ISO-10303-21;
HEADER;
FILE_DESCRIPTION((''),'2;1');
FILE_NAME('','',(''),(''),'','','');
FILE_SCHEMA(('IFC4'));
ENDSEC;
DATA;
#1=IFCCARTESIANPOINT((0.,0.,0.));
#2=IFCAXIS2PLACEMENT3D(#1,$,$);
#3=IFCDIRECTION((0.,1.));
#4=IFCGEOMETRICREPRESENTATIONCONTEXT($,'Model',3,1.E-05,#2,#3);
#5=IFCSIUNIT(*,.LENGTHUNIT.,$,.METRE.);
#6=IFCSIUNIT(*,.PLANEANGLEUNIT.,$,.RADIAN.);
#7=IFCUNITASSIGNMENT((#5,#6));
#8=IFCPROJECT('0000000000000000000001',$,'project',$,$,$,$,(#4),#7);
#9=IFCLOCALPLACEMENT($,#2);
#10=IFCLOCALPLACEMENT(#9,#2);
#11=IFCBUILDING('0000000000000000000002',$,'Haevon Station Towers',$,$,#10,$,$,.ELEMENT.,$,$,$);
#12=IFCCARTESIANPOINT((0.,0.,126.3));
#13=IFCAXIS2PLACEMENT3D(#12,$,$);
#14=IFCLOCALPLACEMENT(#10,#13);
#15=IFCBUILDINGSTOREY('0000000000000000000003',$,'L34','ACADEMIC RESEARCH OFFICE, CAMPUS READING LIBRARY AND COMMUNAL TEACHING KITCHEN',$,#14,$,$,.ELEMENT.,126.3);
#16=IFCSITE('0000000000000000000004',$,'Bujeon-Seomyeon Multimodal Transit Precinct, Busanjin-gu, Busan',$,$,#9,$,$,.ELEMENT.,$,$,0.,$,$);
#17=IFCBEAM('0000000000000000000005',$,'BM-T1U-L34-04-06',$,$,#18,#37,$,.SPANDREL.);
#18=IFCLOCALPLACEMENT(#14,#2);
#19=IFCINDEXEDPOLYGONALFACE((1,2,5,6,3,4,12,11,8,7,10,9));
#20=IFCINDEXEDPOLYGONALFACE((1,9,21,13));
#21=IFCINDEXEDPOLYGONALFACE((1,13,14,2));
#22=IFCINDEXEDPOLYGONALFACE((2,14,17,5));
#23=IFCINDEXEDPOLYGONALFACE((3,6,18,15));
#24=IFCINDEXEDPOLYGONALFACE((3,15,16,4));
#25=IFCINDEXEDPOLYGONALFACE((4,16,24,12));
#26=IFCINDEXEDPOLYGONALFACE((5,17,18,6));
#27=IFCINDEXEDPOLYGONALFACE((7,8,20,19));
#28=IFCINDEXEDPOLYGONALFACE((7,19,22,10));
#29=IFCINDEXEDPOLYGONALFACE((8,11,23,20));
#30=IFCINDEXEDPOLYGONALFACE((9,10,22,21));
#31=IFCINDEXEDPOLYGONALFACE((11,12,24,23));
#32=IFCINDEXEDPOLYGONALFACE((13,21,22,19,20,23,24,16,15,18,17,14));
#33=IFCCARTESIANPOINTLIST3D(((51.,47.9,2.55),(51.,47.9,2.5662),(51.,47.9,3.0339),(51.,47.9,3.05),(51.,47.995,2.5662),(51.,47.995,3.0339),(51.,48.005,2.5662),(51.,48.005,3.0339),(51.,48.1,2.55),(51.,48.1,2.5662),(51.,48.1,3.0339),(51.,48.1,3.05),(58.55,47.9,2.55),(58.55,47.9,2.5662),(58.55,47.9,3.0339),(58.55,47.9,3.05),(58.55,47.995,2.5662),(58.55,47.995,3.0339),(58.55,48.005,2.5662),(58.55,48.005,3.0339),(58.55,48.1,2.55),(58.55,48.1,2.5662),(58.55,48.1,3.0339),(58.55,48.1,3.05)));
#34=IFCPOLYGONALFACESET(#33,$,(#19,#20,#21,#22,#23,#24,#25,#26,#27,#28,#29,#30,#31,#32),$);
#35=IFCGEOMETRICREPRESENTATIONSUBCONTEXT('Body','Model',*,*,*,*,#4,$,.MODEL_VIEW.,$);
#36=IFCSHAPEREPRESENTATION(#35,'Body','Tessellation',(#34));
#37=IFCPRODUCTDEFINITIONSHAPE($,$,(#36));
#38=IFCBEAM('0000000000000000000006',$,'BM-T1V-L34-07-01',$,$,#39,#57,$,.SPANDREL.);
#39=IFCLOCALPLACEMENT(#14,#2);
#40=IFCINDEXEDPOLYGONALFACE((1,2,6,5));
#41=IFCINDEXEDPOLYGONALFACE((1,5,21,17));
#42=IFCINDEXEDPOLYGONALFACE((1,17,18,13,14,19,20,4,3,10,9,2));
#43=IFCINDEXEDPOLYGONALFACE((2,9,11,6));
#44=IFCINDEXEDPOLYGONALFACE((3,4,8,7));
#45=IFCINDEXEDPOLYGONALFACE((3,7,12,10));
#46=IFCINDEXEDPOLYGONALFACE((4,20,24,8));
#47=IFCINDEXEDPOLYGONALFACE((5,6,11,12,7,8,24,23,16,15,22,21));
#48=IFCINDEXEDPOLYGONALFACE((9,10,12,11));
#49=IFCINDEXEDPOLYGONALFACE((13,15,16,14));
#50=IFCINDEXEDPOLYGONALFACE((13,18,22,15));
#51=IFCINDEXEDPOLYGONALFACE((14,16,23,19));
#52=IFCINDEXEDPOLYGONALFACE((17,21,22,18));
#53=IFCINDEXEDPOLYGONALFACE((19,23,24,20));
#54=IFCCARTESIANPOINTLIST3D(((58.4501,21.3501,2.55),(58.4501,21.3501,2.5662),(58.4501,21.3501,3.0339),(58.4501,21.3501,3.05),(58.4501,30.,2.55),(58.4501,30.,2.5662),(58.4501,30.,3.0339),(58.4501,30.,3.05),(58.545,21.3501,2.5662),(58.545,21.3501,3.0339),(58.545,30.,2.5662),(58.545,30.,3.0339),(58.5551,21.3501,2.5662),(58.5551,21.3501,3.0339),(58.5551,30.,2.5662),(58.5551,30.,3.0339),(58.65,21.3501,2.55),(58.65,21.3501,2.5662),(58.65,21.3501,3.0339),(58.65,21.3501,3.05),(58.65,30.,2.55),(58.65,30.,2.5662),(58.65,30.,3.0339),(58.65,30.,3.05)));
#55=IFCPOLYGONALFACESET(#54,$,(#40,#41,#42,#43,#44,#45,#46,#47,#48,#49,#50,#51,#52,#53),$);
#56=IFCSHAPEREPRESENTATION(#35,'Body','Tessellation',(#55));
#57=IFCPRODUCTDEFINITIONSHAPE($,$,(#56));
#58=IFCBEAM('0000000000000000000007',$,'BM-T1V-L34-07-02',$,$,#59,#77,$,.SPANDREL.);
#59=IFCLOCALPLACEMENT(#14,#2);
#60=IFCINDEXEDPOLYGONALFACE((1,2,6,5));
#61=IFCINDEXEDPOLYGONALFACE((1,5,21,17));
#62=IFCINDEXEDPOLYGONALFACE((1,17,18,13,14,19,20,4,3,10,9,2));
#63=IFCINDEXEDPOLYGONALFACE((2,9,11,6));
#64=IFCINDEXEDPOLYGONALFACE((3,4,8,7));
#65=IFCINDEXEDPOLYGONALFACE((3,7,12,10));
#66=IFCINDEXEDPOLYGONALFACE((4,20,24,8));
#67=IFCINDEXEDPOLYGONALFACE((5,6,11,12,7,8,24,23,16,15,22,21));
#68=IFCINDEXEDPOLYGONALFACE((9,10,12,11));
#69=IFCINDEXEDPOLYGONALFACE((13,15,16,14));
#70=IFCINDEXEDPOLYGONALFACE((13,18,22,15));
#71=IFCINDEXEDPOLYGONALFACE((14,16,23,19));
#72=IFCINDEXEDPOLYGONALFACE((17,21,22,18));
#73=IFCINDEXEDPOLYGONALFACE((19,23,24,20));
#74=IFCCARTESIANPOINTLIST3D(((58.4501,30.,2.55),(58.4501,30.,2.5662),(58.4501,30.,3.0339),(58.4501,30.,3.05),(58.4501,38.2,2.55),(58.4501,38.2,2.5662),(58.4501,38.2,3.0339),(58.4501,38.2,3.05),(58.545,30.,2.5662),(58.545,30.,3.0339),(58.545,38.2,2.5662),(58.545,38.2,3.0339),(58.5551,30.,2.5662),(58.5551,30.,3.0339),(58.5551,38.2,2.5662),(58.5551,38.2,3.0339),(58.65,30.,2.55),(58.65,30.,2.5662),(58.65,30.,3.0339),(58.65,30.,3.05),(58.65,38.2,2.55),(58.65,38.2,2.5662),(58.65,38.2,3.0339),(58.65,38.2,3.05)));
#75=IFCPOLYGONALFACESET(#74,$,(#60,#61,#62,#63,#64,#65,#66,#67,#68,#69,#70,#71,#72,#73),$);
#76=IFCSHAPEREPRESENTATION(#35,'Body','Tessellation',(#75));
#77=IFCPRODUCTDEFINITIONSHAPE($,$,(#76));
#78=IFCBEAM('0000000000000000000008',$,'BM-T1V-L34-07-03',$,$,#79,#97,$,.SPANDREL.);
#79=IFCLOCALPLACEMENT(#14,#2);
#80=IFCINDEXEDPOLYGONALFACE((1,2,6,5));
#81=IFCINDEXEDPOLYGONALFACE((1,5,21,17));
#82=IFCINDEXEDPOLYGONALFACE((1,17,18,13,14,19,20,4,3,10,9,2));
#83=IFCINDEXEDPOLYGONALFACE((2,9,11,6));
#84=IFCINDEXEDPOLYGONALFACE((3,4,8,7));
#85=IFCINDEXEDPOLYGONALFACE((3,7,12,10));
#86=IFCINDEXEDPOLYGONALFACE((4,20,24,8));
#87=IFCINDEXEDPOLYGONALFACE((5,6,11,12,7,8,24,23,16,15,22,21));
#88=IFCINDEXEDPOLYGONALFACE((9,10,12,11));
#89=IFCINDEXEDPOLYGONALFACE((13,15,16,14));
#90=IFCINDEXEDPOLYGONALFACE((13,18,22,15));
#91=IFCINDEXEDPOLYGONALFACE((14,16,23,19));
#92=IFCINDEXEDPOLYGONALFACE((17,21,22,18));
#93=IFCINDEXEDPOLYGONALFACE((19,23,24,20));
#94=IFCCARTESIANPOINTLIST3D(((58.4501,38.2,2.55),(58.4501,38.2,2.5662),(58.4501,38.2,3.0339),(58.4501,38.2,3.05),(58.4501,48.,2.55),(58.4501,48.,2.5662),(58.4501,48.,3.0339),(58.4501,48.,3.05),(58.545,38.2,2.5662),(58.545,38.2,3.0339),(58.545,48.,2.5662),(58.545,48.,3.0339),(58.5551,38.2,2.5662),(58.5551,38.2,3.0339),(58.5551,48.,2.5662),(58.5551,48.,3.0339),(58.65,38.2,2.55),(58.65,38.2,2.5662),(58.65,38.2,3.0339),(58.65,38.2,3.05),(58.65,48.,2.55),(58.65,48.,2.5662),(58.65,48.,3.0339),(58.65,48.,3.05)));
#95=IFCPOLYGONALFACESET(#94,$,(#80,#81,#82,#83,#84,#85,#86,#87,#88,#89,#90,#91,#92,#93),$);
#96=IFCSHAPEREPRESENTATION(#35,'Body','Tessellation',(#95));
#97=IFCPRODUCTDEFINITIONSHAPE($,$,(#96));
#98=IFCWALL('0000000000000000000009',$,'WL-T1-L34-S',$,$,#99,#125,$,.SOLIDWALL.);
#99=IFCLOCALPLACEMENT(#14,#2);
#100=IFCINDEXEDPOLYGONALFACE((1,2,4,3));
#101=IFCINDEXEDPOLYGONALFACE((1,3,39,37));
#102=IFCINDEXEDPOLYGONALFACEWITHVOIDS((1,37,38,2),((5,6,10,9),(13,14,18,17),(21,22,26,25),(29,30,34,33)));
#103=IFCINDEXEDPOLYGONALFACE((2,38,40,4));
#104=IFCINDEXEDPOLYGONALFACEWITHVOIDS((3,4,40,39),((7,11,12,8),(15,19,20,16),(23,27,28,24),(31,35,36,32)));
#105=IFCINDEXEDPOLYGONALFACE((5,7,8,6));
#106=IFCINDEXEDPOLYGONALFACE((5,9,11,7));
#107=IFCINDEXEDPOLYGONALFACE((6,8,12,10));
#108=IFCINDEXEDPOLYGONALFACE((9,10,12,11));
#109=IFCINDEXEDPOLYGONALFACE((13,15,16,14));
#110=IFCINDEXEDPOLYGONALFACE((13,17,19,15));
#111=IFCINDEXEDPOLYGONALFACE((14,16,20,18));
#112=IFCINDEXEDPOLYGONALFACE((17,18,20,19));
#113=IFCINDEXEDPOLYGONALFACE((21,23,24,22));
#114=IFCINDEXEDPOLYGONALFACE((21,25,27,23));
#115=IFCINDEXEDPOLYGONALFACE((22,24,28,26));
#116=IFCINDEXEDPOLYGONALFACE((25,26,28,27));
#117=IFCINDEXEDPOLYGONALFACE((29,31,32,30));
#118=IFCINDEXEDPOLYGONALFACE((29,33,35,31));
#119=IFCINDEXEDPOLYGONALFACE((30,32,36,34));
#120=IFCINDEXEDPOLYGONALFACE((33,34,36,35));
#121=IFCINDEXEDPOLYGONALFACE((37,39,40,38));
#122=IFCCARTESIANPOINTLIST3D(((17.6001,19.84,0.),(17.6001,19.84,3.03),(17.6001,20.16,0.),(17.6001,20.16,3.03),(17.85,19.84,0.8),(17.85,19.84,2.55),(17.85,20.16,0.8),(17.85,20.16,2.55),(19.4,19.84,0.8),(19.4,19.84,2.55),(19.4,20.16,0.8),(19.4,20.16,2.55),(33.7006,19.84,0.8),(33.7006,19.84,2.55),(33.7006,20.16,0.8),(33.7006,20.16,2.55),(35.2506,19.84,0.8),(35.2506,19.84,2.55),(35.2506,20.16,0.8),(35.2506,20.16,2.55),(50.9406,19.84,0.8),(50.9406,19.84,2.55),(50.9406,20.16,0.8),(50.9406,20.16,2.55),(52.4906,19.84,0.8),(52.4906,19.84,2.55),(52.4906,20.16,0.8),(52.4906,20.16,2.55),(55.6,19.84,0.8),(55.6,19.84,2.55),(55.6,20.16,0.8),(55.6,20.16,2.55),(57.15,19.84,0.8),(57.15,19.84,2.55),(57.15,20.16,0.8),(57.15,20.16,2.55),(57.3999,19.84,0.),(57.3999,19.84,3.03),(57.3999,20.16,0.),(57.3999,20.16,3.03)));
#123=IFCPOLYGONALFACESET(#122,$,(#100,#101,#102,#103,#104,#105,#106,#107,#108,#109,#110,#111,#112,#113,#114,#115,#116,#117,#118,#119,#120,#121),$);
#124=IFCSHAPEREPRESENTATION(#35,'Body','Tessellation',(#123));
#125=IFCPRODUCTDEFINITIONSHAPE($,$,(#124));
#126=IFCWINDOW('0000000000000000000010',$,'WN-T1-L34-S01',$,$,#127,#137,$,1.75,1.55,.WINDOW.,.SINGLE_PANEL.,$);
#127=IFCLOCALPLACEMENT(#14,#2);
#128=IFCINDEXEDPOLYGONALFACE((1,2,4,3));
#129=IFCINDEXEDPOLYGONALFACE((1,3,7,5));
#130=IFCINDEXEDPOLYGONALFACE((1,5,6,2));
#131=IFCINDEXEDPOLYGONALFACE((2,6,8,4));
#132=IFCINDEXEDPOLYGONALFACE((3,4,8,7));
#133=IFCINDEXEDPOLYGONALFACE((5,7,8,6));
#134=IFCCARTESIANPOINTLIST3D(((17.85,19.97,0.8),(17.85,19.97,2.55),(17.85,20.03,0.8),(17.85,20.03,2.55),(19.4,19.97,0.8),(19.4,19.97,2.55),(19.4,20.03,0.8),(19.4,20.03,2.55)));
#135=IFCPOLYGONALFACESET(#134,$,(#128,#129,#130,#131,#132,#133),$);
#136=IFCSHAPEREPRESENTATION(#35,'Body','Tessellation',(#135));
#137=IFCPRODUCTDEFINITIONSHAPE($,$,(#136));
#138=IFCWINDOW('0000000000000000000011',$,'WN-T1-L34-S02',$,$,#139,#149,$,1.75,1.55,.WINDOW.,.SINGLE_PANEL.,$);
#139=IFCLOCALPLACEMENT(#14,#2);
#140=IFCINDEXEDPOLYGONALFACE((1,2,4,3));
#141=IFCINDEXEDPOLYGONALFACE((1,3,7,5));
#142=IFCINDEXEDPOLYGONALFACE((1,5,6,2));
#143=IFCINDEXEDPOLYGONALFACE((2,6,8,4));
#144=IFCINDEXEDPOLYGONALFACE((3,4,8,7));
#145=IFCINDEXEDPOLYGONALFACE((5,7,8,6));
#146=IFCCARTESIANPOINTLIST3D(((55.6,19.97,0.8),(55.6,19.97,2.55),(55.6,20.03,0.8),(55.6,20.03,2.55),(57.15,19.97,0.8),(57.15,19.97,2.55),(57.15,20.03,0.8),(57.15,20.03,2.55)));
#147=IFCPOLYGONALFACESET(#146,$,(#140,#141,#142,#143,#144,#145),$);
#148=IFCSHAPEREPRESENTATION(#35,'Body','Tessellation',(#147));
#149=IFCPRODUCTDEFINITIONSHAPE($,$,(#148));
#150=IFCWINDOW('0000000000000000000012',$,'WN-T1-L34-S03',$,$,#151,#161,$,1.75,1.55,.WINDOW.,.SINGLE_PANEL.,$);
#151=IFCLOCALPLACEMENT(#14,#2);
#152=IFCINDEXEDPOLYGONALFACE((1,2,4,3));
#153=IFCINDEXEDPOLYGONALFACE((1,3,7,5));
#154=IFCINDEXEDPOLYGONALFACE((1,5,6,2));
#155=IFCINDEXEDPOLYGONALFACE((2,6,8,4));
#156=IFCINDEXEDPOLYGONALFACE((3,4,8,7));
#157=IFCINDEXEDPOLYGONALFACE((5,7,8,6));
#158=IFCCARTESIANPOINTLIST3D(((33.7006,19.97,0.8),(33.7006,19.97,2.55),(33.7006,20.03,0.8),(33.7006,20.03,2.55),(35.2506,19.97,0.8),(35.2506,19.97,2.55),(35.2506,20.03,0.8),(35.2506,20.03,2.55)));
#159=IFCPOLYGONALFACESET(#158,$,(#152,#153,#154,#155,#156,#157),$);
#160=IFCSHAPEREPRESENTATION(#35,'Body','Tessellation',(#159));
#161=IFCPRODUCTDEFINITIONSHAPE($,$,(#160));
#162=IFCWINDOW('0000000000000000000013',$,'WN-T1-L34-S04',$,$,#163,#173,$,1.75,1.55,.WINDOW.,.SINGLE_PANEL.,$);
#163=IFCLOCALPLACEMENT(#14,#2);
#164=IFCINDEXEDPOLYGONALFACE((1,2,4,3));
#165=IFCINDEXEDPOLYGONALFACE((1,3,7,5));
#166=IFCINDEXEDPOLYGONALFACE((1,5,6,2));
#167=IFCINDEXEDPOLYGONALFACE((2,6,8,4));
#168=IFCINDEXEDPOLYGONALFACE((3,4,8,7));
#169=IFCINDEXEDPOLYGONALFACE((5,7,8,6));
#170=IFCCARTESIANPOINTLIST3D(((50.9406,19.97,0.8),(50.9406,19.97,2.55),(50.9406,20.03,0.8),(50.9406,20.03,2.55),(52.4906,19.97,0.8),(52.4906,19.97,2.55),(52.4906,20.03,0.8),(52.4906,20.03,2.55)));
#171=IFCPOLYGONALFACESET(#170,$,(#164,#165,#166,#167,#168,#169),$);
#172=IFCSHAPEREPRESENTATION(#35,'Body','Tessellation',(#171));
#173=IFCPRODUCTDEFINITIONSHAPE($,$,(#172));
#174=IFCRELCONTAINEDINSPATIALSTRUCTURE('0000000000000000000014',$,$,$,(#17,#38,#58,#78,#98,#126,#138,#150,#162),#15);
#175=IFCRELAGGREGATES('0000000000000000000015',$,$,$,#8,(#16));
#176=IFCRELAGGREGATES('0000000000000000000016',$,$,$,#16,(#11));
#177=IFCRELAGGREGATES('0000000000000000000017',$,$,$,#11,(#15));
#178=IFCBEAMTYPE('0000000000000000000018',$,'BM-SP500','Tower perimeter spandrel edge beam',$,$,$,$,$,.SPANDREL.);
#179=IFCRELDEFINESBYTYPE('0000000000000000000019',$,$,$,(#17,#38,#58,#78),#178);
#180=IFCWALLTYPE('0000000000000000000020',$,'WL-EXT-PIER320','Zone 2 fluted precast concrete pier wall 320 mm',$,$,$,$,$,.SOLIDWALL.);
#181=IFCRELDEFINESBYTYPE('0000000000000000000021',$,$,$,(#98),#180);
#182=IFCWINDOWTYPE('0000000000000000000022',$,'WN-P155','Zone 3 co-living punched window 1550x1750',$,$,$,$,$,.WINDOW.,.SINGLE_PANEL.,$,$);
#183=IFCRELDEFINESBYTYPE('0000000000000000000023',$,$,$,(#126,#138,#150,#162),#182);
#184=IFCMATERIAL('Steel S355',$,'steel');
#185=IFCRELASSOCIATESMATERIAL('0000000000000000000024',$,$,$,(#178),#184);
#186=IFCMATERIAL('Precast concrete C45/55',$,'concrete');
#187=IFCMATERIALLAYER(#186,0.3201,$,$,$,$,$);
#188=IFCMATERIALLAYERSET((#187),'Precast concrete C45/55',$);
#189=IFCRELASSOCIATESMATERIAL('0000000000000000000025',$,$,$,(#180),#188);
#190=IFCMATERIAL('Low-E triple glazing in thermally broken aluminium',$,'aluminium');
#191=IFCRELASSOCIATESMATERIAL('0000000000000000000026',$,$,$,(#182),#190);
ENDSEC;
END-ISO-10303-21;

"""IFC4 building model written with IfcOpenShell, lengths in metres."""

from ifc_helpers import new_model, si_unit, direction, frame, frame_2d, origin, origin_2d, place, context, subcontext, project, spatial, rectangle, i_section, extrude, material, layer, layer_set, material_profile, profile_set, type_object, element, fill, save


model = new_model("IFC4")

# Units and contexts
model_context = context("Model", 3, precision=1e-05, world=origin(), true_north=direction((0.0, 1.0)))
body_context = subcontext(model_context, "Body", "Model", "MODEL_VIEW")
ifc_project = project(units=[si_unit("LENGTHUNIT", "METRE"), si_unit("PLANEANGLEUNIT", "RADIAN")], contexts=[model_context])

# Site, building, storey
site_placement = place(None, origin())
site = spatial("IfcSite", under=ifc_project, at=site_placement, Name="Bujeon-Seomyeon Multimodal Transit Precinct, Busanjin-gu, Busan", CompositionType="ELEMENT", RefElevation=0.0)
building_placement = place(site_placement, origin())
building = spatial("IfcBuilding", under=site, at=building_placement, Name="Haevon Station Towers", CompositionType="ELEMENT")
storey_placement = place(building_placement, frame((0.0, 0.0, 126.3)))
storey = spatial("IfcBuildingStorey", under=building, at=storey_placement, Name="L34", Description="ACADEMIC RESEARCH OFFICE, CAMPUS READING LIBRARY AND COMMUNAL TEACHING KITCHEN", CompositionType="ELEMENT", Elevation=126.3)

# Beams
ifc_material_1 = material(Name="Steel S355", Category="steel")
ifc_material_profile_1 = material_profile(ifc_material_1, i_section(OverallWidth=0.2, OverallDepth=0.5, WebThickness=0.01, FlangeThickness=0.0161, at=origin_2d()), Name="H-500x200x10x16")
ifc_profile_set_1 = profile_set([ifc_material_profile_1], Name="Steel S355")
beam_type_1 = type_object("IfcBeamType", Name="BM-SP500", Description="Tower perimeter spandrel edge beam", PredefinedType="SPANDREL", material=ifc_profile_set_1)
beam_1_placement = place(storey_placement, frame((51.0, 48.0, 2.8), z_axis=(1.0, 0.0, 0.0), x_axis=(0.0, 1.0, 0.0)))
element("IfcBeam", 1, at=beam_1_placement, inside=storey, type_object=beam_type_1, Name="BM-T1U-L34-04-06", PredefinedType="SPANDREL", context=body_context, shape_type="SweptSolid", body=[
    extrude(i_section(OverallWidth=0.2, OverallDepth=0.5, WebThickness=0.01, FlangeThickness=0.0161, at=origin_2d()), origin(), (0.0, 0.0, 1.0), 7.55),
])
beam_2_placement = place(storey_placement, frame((58.55, 21.3501, 2.8), z_axis=(0.0, 1.0, 0.0), x_axis=(-1.0, 0.0, 0.0)))
element("IfcBeam", 2, at=beam_2_placement, inside=storey, type_object=beam_type_1, Name="BM-T1V-L34-07-01", PredefinedType="SPANDREL", context=body_context, shape_type="SweptSolid", body=[
    extrude(i_section(OverallWidth=0.2, OverallDepth=0.5, WebThickness=0.01, FlangeThickness=0.0161, at=origin_2d()), origin(), (0.0, 0.0, 1.0), 8.6499),
])
beam_3_placement = place(storey_placement, frame((58.55, 30.0, 2.8), z_axis=(0.0, 1.0, 0.0), x_axis=(-1.0, 0.0, 0.0)))
element("IfcBeam", 3, at=beam_3_placement, inside=storey, type_object=beam_type_1, Name="BM-T1V-L34-07-02", PredefinedType="SPANDREL", context=body_context, shape_type="SweptSolid", body=[
    extrude(i_section(OverallWidth=0.2, OverallDepth=0.5, WebThickness=0.01, FlangeThickness=0.0161, at=origin_2d()), origin(), (0.0, 0.0, 1.0), 8.2),
])
beam_4_placement = place(storey_placement, frame((58.55, 38.2, 2.8), z_axis=(0.0, 1.0, 0.0), x_axis=(-1.0, 0.0, 0.0)))
element("IfcBeam", 4, at=beam_4_placement, inside=storey, type_object=beam_type_1, Name="BM-T1V-L34-07-03", PredefinedType="SPANDREL", context=body_context, shape_type="SweptSolid", body=[
    extrude(i_section(OverallWidth=0.2, OverallDepth=0.5, WebThickness=0.01, FlangeThickness=0.0161, at=origin_2d()), origin(), (0.0, 0.0, 1.0), 9.8),
])

# Wall, openings, windows
ifc_material_2 = material(Name="Precast concrete C45/55", Category="concrete")
ifc_layer_1 = layer(ifc_material_2, 0.3201)
ifc_layer_set_1 = layer_set([ifc_layer_1], Name="Precast concrete C45/55")
wall_type_1 = type_object("IfcWallType", Name="WL-EXT-PIER320", Description="Zone 2 fluted precast concrete pier wall 320 mm", PredefinedType="SOLIDWALL", material=ifc_layer_set_1)
wall_1_placement = place(storey_placement, frame((57.3999, 20.0, 0.0), z_axis=(0.0, 0.0, 1.0), x_axis=(-1.0, 0.0, 0.0)))
wall_1 = element("IfcWall", 5, at=wall_1_placement, inside=storey, type_object=wall_type_1, Name="WL-T1-L34-S", PredefinedType="SOLIDWALL", context=body_context, shape_type="SweptSolid", body=[
    extrude(rectangle(XDim=39.7998, YDim=0.3201, at=frame_2d((19.8999, 0.0))), origin(), (0.0, 0.0, 1.0), 3.03),
])
opening_1_placement = place(wall_1_placement, frame((38.0, 0.0, 0.8)))
opening_1 = element("IfcOpeningElement", 6, at=opening_1_placement, cuts=wall_1, PredefinedType="OPENING", context=body_context, shape_type="SweptSolid", body=[
    extrude(rectangle(XDim=1.55, YDim=1.75, at=frame_2d((0.7749, 0.875))), frame((0.0, 0.1699, 0.0), z_axis=(0.0, -1.0, 0.0), x_axis=(1.0, 0.0, 0.0)), (0.0, 0.0, 1.0), 0.3401),
])
opening_2_placement = place(wall_1_placement, frame((0.25, 0.0, 0.8)))
opening_2 = element("IfcOpeningElement", 7, at=opening_2_placement, cuts=wall_1, PredefinedType="OPENING", context=body_context, shape_type="SweptSolid", body=[
    extrude(rectangle(XDim=1.55, YDim=1.75, at=frame_2d((0.7749, 0.875))), frame((0.0, 0.1699, 0.0), z_axis=(0.0, -1.0, 0.0), x_axis=(1.0, 0.0, 0.0)), (0.0, 0.0, 1.0), 0.3401),
])
opening_3_placement = place(wall_1_placement, frame((22.1494, 0.0, 0.8)))
opening_3 = element("IfcOpeningElement", 8, at=opening_3_placement, cuts=wall_1, PredefinedType="OPENING", context=body_context, shape_type="SweptSolid", body=[
    extrude(rectangle(XDim=1.55, YDim=1.75, at=frame_2d((0.7749, 0.875))), frame((0.0, 0.1699, 0.0), z_axis=(0.0, -1.0, 0.0), x_axis=(1.0, 0.0, 0.0)), (0.0, 0.0, 1.0), 0.3401),
])
opening_4_placement = place(wall_1_placement, frame((4.9094, 0.0, 0.8)))
opening_4 = element("IfcOpeningElement", 9, at=opening_4_placement, cuts=wall_1, PredefinedType="OPENING", context=body_context, shape_type="SweptSolid", body=[
    extrude(rectangle(XDim=1.55, YDim=1.75, at=frame_2d((0.7749, 0.875))), frame((0.0, 0.1699, 0.0), z_axis=(0.0, -1.0, 0.0), x_axis=(1.0, 0.0, 0.0)), (0.0, 0.0, 1.0), 0.3401),
])
ifc_material_3 = material(Name="Low-E triple glazing in thermally broken aluminium", Category="aluminium")
window_type_1 = type_object("IfcWindowType", Name="WN-P155", Description="Zone 3 co-living punched window 1550x1750", PartitioningType="SINGLE_PANEL", PredefinedType="WINDOW", material=ifc_material_3)
window_1_placement = place(opening_1_placement, origin())
window_1 = element("IfcWindow", 10, at=window_1_placement, inside=storey, type_object=window_type_1, Name="WN-T1-L34-S01", OverallHeight=1.75, OverallWidth=1.55, PartitioningType="SINGLE_PANEL", PredefinedType="WINDOW", context=body_context, shape_type="SweptSolid", body=[
    extrude(rectangle(XDim=1.55, YDim=1.75, at=frame_2d((0.7749, 0.875))), frame((0.0, 0.03, 0.0), z_axis=(0.0, -1.0, 0.0), x_axis=(1.0, 0.0, 0.0)), (0.0, 0.0, 1.0), 0.0601),
])
fill(opening_1, window_1)
window_2_placement = place(opening_2_placement, origin())
window_2 = element("IfcWindow", 11, at=window_2_placement, inside=storey, type_object=window_type_1, Name="WN-T1-L34-S02", OverallHeight=1.75, OverallWidth=1.55, PartitioningType="SINGLE_PANEL", PredefinedType="WINDOW", context=body_context, shape_type="SweptSolid", body=[
    extrude(rectangle(XDim=1.55, YDim=1.75, at=frame_2d((0.7749, 0.875))), frame((0.0, 0.03, 0.0), z_axis=(0.0, -1.0, 0.0), x_axis=(1.0, 0.0, 0.0)), (0.0, 0.0, 1.0), 0.0601),
])
fill(opening_2, window_2)
window_3_placement = place(opening_3_placement, origin())
window_3 = element("IfcWindow", 12, at=window_3_placement, inside=storey, type_object=window_type_1, Name="WN-T1-L34-S03", OverallHeight=1.75, OverallWidth=1.55, PartitioningType="SINGLE_PANEL", PredefinedType="WINDOW", context=body_context, shape_type="SweptSolid", body=[
    extrude(rectangle(XDim=1.55, YDim=1.75, at=frame_2d((0.7749, 0.875))), frame((0.0, 0.03, 0.0), z_axis=(0.0, -1.0, 0.0), x_axis=(1.0, 0.0, 0.0)), (0.0, 0.0, 1.0), 0.0601),
])
fill(opening_3, window_3)
window_4_placement = place(opening_4_placement, origin())
window_4 = element("IfcWindow", 13, at=window_4_placement, inside=storey, type_object=window_type_1, Name="WN-T1-L34-S04", OverallHeight=1.75, OverallWidth=1.55, PartitioningType="SINGLE_PANEL", PredefinedType="WINDOW", context=body_context, shape_type="SweptSolid", body=[
    extrude(rectangle(XDim=1.55, YDim=1.75, at=frame_2d((0.7749, 0.875))), frame((0.0, 0.03, 0.0), z_axis=(0.0, -1.0, 0.0), x_axis=(1.0, 0.0, 0.0)), (0.0, 0.0, 1.0), 0.0601),
])
fill(opening_4, window_4)

save(model, "model.ifc")
